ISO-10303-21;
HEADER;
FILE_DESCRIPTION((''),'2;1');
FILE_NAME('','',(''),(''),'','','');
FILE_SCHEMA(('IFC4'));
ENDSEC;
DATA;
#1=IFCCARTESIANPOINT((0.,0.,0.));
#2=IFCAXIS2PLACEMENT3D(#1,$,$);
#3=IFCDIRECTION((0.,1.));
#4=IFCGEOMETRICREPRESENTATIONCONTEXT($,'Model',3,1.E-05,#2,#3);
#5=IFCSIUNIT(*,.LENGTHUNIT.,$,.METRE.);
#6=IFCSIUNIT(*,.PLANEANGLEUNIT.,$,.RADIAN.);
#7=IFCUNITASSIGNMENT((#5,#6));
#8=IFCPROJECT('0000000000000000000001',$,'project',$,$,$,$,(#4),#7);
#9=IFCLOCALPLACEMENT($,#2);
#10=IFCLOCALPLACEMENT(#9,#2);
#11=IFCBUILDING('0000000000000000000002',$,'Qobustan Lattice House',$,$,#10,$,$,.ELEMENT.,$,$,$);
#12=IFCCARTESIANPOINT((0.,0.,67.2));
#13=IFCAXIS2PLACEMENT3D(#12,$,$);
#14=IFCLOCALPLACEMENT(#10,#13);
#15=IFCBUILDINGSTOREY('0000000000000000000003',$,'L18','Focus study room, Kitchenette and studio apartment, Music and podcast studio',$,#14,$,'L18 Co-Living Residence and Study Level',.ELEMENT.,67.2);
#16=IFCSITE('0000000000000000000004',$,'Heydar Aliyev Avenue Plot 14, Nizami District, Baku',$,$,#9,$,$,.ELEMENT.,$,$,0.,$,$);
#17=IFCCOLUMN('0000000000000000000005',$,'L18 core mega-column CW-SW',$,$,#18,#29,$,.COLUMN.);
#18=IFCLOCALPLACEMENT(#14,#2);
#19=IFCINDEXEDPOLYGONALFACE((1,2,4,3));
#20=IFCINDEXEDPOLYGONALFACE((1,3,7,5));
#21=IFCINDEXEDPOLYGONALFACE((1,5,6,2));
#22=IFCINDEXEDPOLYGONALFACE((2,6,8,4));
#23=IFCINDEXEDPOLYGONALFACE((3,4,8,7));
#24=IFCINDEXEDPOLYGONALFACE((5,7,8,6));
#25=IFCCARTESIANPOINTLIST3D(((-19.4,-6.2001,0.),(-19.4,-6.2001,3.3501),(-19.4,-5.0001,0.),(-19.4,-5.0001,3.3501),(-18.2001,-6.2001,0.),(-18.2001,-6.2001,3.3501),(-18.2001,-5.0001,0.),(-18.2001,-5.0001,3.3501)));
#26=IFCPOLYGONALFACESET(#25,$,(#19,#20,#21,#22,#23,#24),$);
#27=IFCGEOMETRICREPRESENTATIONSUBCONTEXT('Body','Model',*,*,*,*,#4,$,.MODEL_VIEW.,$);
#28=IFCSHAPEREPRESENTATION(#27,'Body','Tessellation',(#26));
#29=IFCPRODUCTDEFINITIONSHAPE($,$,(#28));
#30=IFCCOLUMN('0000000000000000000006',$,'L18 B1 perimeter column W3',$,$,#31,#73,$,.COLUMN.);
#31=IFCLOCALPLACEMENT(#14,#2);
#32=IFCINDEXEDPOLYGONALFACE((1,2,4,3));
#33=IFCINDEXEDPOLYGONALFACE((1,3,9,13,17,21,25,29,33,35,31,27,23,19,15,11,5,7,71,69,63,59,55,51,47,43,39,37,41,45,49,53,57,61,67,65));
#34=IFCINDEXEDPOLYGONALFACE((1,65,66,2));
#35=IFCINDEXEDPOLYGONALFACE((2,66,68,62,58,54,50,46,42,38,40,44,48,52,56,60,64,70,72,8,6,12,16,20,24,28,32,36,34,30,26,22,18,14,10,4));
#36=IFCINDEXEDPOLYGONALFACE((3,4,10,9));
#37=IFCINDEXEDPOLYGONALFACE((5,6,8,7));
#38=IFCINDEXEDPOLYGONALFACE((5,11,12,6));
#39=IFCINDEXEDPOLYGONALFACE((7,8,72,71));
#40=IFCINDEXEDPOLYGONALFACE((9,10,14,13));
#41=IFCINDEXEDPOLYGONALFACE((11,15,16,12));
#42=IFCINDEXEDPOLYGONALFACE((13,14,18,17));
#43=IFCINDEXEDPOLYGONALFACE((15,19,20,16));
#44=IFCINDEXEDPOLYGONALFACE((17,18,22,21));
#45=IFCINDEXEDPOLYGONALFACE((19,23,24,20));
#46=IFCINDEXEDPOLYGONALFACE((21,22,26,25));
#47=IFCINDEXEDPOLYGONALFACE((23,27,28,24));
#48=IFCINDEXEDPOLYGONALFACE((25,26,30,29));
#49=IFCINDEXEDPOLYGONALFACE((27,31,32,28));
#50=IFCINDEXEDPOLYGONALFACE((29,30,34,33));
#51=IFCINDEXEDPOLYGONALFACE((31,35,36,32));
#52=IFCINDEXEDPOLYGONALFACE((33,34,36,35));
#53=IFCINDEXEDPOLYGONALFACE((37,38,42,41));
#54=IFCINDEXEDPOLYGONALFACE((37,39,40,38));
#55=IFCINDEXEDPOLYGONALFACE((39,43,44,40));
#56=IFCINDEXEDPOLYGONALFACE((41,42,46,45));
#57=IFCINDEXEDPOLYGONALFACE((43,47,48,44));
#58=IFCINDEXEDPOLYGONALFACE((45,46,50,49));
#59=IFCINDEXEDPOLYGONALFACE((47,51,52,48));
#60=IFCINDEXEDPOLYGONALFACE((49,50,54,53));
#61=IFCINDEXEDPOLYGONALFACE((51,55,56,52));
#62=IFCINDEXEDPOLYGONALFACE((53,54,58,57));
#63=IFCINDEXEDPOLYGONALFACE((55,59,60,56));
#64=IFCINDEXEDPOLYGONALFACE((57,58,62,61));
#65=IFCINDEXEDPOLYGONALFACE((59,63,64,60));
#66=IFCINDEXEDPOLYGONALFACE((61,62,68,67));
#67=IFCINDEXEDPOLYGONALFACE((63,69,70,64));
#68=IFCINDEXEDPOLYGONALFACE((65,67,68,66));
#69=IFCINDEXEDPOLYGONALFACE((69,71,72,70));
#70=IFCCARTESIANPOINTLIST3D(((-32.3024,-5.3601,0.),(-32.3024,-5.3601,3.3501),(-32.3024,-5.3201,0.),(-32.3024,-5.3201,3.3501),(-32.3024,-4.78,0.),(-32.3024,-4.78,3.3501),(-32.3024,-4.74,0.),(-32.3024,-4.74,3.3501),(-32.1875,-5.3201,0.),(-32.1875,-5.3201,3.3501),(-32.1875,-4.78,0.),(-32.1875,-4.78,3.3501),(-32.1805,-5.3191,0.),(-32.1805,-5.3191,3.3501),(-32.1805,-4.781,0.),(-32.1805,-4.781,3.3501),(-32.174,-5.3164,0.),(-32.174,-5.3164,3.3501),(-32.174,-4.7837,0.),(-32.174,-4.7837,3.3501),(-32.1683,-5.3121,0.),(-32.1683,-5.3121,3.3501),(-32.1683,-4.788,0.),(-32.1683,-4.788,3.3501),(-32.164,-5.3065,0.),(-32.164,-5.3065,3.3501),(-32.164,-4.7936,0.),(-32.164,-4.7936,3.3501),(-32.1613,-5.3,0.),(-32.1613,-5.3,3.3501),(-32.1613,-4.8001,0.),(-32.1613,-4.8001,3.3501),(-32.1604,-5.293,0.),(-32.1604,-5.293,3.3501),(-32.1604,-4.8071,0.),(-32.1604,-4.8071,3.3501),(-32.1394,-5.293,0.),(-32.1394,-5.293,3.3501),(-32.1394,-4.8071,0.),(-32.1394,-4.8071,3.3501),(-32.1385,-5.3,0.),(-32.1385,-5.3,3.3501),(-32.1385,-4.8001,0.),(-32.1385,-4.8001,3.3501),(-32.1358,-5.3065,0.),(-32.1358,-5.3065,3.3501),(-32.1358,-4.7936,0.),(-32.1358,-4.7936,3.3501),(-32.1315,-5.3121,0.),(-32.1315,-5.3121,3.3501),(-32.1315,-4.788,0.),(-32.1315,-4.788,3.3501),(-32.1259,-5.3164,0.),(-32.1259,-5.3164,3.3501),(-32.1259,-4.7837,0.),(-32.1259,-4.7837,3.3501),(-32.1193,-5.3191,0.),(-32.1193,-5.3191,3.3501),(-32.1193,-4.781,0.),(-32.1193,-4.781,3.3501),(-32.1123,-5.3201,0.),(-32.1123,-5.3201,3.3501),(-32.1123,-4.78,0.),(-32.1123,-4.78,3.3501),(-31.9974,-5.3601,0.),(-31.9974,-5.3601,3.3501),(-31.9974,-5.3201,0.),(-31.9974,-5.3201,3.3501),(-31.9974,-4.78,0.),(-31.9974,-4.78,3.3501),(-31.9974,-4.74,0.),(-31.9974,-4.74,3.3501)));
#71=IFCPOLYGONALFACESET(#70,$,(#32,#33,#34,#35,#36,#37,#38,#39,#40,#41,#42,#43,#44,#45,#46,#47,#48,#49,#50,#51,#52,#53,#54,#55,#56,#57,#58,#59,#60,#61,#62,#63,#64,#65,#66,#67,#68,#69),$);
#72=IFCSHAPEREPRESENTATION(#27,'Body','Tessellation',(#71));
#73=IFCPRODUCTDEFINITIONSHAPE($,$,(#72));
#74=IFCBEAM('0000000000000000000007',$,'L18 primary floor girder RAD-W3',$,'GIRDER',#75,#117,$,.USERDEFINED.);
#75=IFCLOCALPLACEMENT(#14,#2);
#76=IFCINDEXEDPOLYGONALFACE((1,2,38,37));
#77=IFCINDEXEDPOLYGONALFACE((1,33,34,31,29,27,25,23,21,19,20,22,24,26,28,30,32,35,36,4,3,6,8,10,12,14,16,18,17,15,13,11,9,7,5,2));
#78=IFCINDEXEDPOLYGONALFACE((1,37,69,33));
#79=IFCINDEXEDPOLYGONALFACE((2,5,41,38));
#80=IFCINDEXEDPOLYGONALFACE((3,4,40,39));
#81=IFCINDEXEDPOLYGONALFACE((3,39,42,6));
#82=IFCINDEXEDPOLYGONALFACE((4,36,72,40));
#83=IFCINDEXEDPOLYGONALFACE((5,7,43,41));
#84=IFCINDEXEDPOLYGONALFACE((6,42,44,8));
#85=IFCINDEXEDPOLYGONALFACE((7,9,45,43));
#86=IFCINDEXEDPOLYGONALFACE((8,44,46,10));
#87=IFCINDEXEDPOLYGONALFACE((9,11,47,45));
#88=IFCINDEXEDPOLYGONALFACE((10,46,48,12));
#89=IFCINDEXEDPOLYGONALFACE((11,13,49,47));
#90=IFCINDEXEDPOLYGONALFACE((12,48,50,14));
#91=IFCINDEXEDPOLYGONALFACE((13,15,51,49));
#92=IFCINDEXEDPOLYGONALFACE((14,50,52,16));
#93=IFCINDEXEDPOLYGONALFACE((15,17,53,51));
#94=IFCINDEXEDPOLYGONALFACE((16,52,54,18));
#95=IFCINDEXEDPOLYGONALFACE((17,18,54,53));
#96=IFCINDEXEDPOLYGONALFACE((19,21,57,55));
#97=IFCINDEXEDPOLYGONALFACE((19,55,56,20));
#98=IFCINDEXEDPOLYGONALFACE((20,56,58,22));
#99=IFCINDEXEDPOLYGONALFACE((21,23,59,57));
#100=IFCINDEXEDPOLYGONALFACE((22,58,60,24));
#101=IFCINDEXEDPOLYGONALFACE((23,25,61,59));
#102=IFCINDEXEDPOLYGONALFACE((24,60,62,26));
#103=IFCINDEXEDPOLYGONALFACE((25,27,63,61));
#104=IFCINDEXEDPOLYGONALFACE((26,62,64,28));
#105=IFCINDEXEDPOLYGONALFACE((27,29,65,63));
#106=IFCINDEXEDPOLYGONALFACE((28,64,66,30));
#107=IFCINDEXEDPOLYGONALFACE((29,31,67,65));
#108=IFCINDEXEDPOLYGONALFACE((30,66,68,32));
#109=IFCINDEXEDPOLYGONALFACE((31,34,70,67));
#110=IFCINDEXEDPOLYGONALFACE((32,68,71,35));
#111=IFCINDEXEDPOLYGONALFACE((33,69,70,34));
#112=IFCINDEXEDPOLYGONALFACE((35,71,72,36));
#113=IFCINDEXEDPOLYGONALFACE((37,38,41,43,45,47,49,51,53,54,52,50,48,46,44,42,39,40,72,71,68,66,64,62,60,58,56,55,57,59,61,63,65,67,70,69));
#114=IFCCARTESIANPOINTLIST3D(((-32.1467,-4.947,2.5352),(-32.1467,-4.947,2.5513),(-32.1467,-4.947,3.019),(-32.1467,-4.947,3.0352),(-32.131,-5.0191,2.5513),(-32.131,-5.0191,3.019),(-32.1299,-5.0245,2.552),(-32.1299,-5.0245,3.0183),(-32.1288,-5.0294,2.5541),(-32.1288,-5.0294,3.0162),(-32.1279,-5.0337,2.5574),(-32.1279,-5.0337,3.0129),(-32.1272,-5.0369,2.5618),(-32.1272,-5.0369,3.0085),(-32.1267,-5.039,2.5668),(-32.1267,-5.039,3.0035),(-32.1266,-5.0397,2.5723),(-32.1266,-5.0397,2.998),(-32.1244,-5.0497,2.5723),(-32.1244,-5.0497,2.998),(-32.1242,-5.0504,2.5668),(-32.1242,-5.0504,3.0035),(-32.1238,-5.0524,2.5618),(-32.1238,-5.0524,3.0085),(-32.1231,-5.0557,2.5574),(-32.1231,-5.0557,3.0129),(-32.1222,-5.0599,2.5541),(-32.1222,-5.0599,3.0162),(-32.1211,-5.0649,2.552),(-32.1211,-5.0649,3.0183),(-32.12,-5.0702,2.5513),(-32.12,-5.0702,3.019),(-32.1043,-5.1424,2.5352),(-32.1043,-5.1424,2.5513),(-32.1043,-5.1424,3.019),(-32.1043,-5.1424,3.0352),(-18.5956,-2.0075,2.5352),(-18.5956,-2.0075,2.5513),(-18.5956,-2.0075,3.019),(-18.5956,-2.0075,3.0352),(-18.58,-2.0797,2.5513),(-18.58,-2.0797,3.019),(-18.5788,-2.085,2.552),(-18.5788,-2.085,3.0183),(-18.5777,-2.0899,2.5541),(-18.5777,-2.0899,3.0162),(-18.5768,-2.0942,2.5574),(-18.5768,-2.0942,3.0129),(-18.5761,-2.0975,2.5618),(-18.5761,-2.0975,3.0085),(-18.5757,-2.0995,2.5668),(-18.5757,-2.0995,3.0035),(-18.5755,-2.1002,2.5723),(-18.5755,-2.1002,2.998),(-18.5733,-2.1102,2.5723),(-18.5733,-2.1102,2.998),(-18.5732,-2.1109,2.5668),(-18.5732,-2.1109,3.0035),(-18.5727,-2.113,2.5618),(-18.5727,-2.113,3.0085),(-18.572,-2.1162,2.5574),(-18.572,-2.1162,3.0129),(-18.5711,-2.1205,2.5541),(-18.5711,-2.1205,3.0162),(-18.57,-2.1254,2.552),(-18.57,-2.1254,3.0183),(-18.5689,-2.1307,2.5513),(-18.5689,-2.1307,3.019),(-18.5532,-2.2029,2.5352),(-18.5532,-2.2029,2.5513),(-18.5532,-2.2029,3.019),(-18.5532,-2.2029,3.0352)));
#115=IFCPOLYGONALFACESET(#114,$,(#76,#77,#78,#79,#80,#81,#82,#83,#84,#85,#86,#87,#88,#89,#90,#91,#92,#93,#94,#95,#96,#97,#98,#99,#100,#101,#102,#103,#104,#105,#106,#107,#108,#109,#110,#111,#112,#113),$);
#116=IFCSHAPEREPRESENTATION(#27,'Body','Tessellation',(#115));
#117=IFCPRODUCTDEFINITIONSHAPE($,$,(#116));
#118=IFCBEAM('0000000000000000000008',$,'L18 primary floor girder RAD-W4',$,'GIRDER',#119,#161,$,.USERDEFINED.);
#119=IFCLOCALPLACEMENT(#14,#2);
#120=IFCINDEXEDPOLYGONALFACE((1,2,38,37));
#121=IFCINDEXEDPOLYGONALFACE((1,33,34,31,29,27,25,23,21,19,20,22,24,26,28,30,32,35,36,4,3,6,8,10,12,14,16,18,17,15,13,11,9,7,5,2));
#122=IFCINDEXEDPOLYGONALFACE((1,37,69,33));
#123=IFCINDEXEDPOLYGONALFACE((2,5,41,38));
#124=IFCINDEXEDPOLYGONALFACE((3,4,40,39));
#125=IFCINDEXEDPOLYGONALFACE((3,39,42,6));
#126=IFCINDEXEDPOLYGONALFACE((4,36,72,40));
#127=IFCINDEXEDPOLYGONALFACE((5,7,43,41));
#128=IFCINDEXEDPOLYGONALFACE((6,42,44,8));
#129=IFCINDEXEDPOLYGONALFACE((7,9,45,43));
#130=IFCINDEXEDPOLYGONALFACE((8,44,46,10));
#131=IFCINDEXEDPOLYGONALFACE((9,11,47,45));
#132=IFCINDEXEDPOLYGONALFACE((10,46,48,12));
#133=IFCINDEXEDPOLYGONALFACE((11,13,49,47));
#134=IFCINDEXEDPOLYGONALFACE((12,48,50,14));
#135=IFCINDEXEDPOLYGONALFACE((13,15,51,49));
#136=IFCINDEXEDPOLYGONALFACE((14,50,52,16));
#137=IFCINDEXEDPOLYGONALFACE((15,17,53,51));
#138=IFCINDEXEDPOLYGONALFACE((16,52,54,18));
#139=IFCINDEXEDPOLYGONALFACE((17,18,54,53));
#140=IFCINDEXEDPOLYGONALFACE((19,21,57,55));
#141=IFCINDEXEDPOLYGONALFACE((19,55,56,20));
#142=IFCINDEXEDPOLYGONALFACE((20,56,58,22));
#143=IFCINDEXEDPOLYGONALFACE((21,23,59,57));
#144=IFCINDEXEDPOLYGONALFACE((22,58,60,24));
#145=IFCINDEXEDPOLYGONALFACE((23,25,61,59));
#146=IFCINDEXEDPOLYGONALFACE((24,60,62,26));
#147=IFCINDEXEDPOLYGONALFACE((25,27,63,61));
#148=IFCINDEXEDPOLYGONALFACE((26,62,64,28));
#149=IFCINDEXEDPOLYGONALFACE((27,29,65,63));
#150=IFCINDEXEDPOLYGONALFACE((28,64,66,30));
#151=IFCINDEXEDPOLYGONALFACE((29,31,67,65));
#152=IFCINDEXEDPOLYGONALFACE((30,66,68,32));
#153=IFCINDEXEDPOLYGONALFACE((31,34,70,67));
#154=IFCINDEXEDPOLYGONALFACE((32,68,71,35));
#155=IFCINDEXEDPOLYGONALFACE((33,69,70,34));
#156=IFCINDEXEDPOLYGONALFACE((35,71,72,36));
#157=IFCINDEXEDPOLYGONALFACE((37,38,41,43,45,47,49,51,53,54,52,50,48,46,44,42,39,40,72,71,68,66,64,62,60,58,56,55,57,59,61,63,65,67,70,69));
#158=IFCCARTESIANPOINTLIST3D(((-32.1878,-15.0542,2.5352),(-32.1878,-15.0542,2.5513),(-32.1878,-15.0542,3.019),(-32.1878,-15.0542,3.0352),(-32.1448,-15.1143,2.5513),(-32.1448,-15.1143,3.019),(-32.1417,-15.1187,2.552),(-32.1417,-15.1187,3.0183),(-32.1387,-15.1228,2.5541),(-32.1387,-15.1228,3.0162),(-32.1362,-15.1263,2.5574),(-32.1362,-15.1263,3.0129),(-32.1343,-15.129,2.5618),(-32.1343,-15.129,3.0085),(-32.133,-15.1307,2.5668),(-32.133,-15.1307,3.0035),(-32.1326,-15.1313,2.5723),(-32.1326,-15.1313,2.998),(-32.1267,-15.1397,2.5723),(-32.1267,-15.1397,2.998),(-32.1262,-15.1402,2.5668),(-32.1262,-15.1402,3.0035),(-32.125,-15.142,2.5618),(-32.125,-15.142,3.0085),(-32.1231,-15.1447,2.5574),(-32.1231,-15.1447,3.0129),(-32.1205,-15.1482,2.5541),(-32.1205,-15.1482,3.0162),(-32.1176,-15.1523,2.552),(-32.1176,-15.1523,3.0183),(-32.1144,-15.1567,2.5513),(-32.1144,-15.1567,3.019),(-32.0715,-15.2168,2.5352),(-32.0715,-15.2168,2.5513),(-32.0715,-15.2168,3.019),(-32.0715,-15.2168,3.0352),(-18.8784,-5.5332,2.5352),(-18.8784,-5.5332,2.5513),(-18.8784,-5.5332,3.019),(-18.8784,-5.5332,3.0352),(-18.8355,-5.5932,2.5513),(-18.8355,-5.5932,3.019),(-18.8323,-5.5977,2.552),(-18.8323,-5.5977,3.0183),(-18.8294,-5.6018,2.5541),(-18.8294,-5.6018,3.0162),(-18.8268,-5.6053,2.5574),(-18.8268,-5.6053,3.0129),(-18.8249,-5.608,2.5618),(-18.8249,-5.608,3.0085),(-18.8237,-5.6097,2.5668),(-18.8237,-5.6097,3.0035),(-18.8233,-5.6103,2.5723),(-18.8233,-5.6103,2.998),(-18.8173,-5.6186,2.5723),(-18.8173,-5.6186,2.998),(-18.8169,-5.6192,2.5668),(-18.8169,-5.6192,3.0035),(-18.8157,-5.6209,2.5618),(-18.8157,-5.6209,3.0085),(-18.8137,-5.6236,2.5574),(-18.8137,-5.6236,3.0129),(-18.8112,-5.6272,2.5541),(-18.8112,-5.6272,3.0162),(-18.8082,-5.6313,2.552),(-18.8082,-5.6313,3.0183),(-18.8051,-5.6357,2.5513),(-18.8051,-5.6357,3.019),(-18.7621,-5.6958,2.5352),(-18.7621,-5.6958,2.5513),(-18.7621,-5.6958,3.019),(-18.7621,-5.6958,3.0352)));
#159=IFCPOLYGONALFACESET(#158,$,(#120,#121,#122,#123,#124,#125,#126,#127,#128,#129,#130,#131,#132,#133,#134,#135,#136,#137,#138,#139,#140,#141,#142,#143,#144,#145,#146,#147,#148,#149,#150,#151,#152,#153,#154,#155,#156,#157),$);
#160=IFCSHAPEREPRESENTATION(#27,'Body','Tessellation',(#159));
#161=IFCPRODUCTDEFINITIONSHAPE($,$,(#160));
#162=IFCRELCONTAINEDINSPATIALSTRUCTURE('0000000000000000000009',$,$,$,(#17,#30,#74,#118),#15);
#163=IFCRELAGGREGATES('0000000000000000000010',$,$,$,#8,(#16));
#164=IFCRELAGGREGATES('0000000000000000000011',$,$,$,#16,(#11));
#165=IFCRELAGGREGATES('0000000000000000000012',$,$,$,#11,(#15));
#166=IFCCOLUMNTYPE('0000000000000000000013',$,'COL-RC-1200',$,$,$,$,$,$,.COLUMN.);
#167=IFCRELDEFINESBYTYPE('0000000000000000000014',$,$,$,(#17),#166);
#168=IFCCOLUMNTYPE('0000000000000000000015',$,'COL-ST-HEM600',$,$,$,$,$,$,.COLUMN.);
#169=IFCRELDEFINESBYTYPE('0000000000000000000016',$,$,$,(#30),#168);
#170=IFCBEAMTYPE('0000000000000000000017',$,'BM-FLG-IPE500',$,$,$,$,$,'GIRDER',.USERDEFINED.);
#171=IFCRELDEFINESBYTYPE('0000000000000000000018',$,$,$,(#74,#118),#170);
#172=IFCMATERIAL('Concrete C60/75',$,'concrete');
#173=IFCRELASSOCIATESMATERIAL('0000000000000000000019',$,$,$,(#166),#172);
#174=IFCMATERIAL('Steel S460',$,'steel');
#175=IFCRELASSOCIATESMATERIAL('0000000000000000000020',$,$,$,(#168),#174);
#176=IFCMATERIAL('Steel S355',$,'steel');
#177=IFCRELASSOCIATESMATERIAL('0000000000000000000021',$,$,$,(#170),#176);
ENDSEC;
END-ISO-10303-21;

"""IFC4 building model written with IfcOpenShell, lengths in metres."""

from ifc_helpers import new_model, si_unit, direction, frame, origin, origin_2d, place, context, subcontext, project, spatial, rectangle, i_section, extrude, material, material_profile, profile_set, type_object, element, save


model = new_model("IFC4")

# Units and contexts
model_context = context("Model", 3, precision=1e-05, world=origin(), true_north=direction((0.0, 1.0)))
body_context = subcontext(model_context, "Body", "Model", "MODEL_VIEW")
ifc_project = project(units=[si_unit("LENGTHUNIT", "METRE"), si_unit("PLANEANGLEUNIT", "RADIAN")], contexts=[model_context])

# Site, building, storey
site_placement = place(None, origin())
site = spatial("IfcSite", under=ifc_project, at=site_placement, Name="Heydar Aliyev Avenue Plot 14, Nizami District, Baku", CompositionType="ELEMENT", RefElevation=0.0)
building_placement = place(site_placement, origin())
building = spatial("IfcBuilding", under=site, at=building_placement, Name="Qobustan Lattice House", CompositionType="ELEMENT")
storey_placement = place(building_placement, frame((0.0, 0.0, 67.2)))
storey = spatial("IfcBuildingStorey", under=building, at=storey_placement, Name="L18", Description="Focus study room, Kitchenette and studio apartment, Music and podcast studio", LongName="L18 Co-Living Residence and Study Level", CompositionType="ELEMENT", Elevation=67.2)

# Columns
ifc_material_1 = material(Name="Concrete C60/75", Category="concrete")
ifc_material_profile_1 = material_profile(ifc_material_1, rectangle(XDim=1.2, YDim=1.2, at=origin_2d()), Name="RC1200x1200")
ifc_profile_set_1 = profile_set([ifc_material_profile_1], Name="Concrete C60/75")
column_type_1 = type_object("IfcColumnType", Name="COL-RC-1200", PredefinedType="COLUMN", material=ifc_profile_set_1)
column_1_placement = place(storey_placement, frame((-18.8, -5.6001, 0.0), z_axis=(0.0, 0.0, 1.0), x_axis=(1.0, 0.0, 0.0)))
element("IfcColumn", 1, at=column_1_placement, inside=storey, type_object=column_type_1, Name="L18 core mega-column CW-SW", PredefinedType="COLUMN", context=body_context, shape_type="SweptSolid", body=[
    extrude(rectangle(XDim=1.2, YDim=1.2, at=origin_2d()), origin(), (0.0, 0.0, 1.0), 3.3501),
])
ifc_material_2 = material(Name="Steel S460", Category="steel")
ifc_material_profile_2 = material_profile(ifc_material_2, i_section(OverallWidth=0.3049, OverallDepth=0.6201, WebThickness=0.021, FlangeThickness=0.04, FilletRadius=0.0271, at=origin_2d()), Name="HEM600")
ifc_profile_set_2 = profile_set([ifc_material_profile_2], Name="Steel S460")
column_type_2 = type_object("IfcColumnType", Name="COL-ST-HEM600", PredefinedType="COLUMN", material=ifc_profile_set_2)
column_2_placement = place(storey_placement, frame((-32.1499, -5.05, 0.0), z_axis=(0.0, 0.0, 1.0), x_axis=(1.0, 0.0, 0.0)))
element("IfcColumn", 2, at=column_2_placement, inside=storey, type_object=column_type_2, Name="L18 B1 perimeter column W3", PredefinedType="COLUMN", context=body_context, shape_type="SweptSolid", body=[
    extrude(i_section(OverallWidth=0.3049, OverallDepth=0.6201, WebThickness=0.021, FlangeThickness=0.04, FilletRadius=0.0271, at=origin_2d()), origin(), (0.0, 0.0, 1.0), 3.3501),
])

# Beams
ifc_material_3 = material(Name="Steel S355", Category="steel")
ifc_material_profile_3 = material_profile(ifc_material_3, i_section(OverallWidth=0.2, OverallDepth=0.5, WebThickness=0.0103, FlangeThickness=0.0161, FilletRadius=0.021, at=origin_2d()), Name="IPE500")
ifc_profile_set_3 = profile_set([ifc_material_profile_3], Name="Steel S355")
beam_type_1 = type_object("IfcBeamType", Name="BM-FLG-IPE500", ElementType="GIRDER", PredefinedType="USERDEFINED", material=ifc_profile_set_3)
beam_1_placement = place(storey_placement, frame((-32.1255, -5.0447, 2.7852), z_axis=(0.977272, 0.211987, 0.0), x_axis=(-0.211987, 0.977272, 0.0)))
element("IfcBeam", 3, at=beam_1_placement, inside=storey, type_object=beam_type_1, Name="L18 primary floor girder RAD-W3", ObjectType="GIRDER", PredefinedType="USERDEFINED", context=body_context, shape_type="SweptSolid", body=[
    extrude(i_section(OverallWidth=0.2, OverallDepth=0.5, WebThickness=0.0103, FlangeThickness=0.0161, FilletRadius=0.021, at=origin_2d()), origin(), (0.0, 0.0, 1.0), 13.8662),
])
beam_2_placement = place(storey_placement, frame((-32.1296, -15.1355, 2.7852), z_axis=(0.813319, 0.581818, 0.0), x_axis=(-0.581818, 0.813319, 0.0)))
element("IfcBeam", 4, at=beam_2_placement, inside=storey, type_object=beam_type_1, Name="L18 primary floor girder RAD-W4", ObjectType="GIRDER", PredefinedType="USERDEFINED", context=body_context, shape_type="SweptSolid", body=[
    extrude(i_section(OverallWidth=0.2, OverallDepth=0.5, WebThickness=0.0103, FlangeThickness=0.0161, FilletRadius=0.021, at=origin_2d()), origin(), (0.0, 0.0, 1.0), 16.3643),
])

save(model, "model.ifc")
